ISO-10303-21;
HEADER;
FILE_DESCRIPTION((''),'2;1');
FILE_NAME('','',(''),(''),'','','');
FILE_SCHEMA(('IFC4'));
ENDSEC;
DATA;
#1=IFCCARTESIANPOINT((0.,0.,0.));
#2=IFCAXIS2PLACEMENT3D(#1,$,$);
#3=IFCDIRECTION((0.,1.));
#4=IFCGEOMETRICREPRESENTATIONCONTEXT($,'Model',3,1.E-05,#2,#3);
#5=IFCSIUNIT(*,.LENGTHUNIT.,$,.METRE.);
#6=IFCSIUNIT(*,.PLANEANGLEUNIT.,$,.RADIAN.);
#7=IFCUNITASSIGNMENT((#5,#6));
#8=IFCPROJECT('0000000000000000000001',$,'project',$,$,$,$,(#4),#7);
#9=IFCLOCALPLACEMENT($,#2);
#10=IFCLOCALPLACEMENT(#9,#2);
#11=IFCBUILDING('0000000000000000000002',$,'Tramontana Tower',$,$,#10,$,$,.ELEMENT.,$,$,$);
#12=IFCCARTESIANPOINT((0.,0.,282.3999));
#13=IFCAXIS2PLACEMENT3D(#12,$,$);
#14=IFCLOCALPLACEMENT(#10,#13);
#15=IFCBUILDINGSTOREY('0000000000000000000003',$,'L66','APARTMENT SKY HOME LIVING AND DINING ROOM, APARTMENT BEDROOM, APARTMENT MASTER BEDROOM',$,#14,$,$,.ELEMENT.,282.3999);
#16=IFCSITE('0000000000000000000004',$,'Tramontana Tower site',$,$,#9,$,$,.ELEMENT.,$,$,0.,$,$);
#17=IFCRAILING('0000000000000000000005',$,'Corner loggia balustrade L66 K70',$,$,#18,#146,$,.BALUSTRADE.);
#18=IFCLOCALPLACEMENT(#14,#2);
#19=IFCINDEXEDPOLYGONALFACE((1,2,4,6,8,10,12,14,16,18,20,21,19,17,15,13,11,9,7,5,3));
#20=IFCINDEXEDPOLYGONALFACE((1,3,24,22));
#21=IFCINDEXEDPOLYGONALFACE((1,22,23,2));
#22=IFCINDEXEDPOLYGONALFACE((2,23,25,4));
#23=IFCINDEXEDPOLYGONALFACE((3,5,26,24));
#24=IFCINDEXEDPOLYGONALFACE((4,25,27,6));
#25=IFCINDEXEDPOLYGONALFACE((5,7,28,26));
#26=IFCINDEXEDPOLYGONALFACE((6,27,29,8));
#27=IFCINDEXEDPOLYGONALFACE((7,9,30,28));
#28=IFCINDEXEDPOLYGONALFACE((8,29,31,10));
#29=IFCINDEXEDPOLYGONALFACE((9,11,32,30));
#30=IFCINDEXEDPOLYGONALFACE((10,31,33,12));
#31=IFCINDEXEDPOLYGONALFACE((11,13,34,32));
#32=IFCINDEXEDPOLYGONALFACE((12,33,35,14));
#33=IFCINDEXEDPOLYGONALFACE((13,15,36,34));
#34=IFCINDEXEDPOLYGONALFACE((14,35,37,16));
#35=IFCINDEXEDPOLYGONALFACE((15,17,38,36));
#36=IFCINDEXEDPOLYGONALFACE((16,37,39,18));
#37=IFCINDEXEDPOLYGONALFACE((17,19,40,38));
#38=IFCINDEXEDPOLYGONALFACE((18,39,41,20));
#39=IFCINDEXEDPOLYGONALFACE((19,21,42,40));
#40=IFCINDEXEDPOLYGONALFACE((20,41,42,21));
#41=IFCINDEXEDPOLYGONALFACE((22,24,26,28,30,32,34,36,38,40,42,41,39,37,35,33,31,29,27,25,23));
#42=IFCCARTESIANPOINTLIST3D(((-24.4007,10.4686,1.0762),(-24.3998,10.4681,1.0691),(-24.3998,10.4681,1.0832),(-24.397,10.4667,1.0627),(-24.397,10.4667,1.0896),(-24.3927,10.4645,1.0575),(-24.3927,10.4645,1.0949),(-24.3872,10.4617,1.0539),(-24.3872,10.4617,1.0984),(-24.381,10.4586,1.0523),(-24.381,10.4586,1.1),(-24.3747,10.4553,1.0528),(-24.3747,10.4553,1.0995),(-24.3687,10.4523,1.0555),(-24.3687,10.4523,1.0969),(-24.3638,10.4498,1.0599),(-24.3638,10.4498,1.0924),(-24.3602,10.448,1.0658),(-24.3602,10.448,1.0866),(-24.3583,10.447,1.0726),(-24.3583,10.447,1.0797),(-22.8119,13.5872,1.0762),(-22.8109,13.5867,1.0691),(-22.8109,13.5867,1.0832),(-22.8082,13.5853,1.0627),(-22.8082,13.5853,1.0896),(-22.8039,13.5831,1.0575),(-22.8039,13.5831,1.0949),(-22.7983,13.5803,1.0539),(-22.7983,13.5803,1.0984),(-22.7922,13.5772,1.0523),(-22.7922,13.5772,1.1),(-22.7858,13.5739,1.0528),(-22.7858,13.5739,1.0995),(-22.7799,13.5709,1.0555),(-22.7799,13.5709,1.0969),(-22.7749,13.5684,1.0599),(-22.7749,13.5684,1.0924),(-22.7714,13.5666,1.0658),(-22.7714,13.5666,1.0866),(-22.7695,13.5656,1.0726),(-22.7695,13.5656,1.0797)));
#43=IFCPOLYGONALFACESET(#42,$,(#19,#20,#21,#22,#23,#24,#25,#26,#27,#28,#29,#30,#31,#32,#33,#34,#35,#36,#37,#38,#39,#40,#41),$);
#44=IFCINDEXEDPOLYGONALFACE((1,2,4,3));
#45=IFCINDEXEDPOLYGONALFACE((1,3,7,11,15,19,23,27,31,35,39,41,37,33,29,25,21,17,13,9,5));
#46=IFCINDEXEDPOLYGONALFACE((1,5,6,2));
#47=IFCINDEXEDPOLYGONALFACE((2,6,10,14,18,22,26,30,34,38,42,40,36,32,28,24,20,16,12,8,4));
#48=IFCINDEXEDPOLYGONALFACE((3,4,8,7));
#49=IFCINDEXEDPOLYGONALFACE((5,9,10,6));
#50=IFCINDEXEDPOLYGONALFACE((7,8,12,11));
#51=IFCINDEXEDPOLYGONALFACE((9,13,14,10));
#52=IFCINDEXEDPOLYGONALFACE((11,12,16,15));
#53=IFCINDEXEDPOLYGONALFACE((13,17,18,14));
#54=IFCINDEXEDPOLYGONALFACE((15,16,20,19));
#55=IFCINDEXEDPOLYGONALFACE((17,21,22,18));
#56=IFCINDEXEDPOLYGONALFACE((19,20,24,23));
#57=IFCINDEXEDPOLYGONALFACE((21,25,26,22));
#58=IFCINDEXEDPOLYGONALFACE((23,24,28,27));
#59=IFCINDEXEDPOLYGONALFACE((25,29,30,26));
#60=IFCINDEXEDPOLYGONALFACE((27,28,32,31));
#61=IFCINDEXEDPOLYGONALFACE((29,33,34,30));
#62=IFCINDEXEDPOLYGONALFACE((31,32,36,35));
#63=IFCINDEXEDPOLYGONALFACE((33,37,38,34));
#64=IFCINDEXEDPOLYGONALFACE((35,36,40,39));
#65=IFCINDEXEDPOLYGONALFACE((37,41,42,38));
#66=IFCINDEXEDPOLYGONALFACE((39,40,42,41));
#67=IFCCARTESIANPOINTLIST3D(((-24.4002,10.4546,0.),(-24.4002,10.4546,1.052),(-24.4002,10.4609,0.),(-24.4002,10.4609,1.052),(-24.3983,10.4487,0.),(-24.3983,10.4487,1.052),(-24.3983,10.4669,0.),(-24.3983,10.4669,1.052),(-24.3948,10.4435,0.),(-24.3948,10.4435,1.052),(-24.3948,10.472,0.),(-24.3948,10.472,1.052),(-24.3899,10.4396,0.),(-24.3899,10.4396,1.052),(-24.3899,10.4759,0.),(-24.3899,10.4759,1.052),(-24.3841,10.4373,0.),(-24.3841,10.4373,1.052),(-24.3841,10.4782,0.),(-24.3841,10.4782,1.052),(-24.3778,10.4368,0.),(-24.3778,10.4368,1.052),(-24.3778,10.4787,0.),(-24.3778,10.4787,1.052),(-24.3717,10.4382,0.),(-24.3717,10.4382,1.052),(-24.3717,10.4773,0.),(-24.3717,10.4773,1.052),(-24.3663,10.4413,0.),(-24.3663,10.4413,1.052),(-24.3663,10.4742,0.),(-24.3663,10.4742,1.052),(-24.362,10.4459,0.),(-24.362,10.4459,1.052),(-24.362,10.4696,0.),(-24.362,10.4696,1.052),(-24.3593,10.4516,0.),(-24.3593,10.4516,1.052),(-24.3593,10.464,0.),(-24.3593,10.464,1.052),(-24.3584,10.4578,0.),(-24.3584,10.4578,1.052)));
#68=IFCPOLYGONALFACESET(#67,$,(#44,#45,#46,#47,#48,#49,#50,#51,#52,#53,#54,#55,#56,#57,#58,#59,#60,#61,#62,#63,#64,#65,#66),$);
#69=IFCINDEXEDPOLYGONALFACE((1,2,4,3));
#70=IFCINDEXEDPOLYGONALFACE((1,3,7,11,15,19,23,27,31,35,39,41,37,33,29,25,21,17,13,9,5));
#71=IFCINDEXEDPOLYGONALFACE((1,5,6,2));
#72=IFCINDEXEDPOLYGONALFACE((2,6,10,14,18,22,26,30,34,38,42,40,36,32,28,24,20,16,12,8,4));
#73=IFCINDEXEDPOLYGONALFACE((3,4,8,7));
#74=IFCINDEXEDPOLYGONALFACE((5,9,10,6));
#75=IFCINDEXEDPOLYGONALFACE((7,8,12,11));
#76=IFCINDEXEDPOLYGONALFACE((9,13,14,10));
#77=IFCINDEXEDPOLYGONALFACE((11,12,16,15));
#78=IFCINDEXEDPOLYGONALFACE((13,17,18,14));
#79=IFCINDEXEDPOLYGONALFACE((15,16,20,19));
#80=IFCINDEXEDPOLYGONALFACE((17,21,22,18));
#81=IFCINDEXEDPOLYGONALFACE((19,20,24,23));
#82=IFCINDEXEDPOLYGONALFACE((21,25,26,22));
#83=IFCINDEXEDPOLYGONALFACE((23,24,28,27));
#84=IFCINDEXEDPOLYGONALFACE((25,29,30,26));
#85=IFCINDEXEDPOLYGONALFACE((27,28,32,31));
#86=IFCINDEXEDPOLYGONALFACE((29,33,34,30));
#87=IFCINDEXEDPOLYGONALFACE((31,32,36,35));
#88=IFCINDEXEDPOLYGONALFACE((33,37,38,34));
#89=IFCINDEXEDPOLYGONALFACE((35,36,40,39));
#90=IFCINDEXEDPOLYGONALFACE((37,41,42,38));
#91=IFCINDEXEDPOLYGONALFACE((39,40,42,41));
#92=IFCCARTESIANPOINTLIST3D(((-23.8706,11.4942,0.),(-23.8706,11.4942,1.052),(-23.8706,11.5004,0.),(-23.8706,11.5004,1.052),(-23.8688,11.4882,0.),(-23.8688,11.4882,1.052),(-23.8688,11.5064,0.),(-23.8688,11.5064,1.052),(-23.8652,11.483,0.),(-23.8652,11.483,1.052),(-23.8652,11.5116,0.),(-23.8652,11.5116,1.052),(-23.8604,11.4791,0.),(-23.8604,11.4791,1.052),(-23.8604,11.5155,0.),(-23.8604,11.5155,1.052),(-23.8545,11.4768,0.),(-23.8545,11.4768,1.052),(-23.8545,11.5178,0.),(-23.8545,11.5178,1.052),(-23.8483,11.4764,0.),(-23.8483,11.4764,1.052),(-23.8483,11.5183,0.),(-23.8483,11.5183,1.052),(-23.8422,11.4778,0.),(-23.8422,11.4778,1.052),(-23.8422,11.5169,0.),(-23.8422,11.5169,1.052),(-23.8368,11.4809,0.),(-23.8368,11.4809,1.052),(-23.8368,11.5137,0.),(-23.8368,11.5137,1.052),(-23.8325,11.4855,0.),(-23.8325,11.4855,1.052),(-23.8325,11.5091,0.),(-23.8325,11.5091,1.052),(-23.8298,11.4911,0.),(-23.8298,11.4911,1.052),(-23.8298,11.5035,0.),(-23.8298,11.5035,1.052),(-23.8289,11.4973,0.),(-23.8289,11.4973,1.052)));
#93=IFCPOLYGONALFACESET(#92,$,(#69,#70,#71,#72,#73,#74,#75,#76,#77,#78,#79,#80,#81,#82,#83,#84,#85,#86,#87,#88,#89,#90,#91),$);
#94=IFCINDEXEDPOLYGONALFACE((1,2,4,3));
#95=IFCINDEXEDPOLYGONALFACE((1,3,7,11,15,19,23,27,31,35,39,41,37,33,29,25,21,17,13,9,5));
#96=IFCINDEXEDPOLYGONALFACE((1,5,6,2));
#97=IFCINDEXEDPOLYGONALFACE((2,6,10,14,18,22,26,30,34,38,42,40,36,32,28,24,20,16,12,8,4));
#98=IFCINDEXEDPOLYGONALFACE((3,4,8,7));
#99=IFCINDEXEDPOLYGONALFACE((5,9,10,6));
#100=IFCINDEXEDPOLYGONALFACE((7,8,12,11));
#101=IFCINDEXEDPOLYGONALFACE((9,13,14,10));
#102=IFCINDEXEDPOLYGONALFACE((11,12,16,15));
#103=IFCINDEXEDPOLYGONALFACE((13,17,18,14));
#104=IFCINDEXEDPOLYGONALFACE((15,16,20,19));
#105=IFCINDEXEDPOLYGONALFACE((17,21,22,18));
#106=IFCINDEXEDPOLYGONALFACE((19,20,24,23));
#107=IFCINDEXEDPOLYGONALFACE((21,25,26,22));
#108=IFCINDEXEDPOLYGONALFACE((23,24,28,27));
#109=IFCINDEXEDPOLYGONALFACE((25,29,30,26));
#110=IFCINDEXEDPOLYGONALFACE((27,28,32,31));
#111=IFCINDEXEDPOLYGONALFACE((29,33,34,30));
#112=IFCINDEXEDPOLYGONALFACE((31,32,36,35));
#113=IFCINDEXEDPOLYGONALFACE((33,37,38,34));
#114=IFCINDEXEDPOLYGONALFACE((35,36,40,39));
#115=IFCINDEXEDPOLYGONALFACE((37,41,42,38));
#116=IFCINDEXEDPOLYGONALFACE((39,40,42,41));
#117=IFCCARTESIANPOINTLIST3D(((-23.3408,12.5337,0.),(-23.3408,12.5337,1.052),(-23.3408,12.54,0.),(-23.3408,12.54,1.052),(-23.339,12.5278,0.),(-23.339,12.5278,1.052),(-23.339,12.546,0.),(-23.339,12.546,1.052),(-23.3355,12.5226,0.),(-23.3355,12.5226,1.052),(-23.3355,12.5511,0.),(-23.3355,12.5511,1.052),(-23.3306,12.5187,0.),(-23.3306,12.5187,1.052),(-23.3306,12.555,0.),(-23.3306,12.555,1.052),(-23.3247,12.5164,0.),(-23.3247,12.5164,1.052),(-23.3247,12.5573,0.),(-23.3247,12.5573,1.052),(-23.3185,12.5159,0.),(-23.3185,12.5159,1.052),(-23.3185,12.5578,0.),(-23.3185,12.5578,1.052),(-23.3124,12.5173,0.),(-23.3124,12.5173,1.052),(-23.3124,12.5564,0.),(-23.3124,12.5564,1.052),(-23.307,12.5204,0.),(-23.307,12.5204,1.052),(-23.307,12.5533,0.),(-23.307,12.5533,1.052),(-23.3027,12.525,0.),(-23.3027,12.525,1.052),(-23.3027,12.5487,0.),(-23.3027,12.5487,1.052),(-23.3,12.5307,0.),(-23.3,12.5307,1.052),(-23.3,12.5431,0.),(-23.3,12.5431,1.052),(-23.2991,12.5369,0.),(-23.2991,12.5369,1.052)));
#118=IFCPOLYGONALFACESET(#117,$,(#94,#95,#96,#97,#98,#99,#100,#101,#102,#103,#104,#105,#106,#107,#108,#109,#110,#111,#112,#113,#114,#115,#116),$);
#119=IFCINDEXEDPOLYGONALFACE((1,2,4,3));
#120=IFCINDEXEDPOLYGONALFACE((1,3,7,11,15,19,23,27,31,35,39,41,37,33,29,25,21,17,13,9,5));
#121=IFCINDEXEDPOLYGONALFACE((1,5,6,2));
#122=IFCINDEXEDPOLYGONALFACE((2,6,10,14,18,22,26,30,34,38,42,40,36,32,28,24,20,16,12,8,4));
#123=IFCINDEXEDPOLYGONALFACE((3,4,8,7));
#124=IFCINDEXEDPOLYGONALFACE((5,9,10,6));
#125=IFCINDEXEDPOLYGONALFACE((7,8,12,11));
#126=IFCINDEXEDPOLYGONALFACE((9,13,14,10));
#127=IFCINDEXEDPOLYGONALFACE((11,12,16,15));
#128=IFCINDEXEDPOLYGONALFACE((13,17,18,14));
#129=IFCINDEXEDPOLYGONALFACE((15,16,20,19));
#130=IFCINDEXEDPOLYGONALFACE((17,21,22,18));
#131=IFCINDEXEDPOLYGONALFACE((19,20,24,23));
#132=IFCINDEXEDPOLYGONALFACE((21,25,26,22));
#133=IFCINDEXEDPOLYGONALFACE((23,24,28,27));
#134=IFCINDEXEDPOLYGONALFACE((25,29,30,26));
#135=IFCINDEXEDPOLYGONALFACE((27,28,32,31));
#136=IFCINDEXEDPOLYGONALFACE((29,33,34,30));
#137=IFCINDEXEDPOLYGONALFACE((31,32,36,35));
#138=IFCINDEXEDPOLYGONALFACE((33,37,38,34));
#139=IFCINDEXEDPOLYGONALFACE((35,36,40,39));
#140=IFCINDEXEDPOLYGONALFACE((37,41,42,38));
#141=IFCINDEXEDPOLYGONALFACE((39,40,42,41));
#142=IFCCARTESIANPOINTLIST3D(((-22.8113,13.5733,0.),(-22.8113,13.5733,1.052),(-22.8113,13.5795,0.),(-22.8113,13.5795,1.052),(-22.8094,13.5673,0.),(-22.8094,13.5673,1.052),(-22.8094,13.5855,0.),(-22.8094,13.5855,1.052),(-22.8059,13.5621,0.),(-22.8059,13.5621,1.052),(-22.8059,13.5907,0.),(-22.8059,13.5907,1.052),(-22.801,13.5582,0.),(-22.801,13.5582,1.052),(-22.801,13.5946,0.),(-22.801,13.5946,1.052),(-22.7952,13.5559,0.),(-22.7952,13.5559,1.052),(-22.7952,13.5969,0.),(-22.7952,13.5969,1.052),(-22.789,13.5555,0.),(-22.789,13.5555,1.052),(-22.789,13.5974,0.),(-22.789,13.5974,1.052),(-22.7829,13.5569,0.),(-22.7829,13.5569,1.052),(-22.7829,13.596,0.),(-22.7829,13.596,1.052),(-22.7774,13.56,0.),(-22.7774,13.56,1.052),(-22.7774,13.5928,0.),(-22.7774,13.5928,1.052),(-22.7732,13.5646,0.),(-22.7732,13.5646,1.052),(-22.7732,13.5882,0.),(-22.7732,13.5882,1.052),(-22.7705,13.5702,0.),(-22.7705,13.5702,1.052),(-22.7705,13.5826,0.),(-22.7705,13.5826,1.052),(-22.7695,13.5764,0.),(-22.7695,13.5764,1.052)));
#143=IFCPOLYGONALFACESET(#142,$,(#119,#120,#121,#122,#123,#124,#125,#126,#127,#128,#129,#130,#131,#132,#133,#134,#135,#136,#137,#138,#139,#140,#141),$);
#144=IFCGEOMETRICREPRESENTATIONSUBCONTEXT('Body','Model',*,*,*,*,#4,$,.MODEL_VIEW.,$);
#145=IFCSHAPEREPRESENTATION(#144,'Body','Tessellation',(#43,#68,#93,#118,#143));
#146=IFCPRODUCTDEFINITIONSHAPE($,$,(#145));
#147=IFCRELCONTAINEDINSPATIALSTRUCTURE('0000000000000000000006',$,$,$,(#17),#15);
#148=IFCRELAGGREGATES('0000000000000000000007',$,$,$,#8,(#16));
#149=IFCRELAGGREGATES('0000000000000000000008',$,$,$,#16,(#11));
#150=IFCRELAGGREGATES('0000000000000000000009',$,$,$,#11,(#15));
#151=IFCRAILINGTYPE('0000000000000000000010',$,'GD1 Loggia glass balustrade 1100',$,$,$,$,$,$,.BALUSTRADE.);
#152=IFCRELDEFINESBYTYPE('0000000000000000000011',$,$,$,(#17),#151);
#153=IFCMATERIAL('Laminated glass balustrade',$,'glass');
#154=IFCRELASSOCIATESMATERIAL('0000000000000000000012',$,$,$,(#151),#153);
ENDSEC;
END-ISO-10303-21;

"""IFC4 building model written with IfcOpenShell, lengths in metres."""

from ifc_helpers import new_model, si_unit, direction, frame, origin, origin_2d, place, context, subcontext, project, spatial, circle, extrude, material, type_object, element, save


model = new_model("IFC4")

# Units and contexts
model_context = context("Model", 3, precision=1e-05, world=origin(), true_north=direction((0.0, 1.0)))
body_context = subcontext(model_context, "Body", "Model", "MODEL_VIEW")
ifc_project = project(units=[si_unit("LENGTHUNIT", "METRE"), si_unit("PLANEANGLEUNIT", "RADIAN")], contexts=[model_context])

# Site, building, storey
site_placement = place(None, origin())
site = spatial("IfcSite", under=ifc_project, at=site_placement, Name="Tramontana Tower site", CompositionType="ELEMENT", RefElevation=0.0)
building_placement = place(site_placement, origin())
building = spatial("IfcBuilding", under=site, at=building_placement, Name="Tramontana Tower", CompositionType="ELEMENT")
storey_placement = place(building_placement, frame((0.0, 0.0, 282.3999)))
storey = spatial("IfcBuildingStorey", under=building, at=storey_placement, Name="L66", Description="APARTMENT SKY HOME LIVING AND DINING ROOM, APARTMENT BEDROOM, APARTMENT MASTER BEDROOM", CompositionType="ELEMENT", Elevation=282.3999)

# Railing
ifc_material_1 = material(Name="Laminated glass balustrade", Category="glass")
railing_type = type_object("IfcRailingType", Name="GD1 Loggia glass balustrade 1100", PredefinedType="BALUSTRADE", material=ifc_material_1)
railing_1_placement = place(storey_placement, frame((-24.3794, 10.4578, 0.0)))
element("IfcRailing", 1, at=railing_1_placement, inside=storey, type_object=railing_type, Name="Corner loggia balustrade L66 K70", PredefinedType="BALUSTRADE", context=body_context, shape_type="SweptSolid", body=[
    extrude(circle(Radius=0.0239, at=origin_2d()), frame((0.0, 0.0, 1.0762), z_axis=(0.453953, 0.891026, 0.0), x_axis=(-0.891026, 0.453953, 0.0)), (0.0, 0.0, 1.0), 3.5),
    extrude(circle(Radius=0.021, at=origin_2d()), origin(), (0.0, 0.0, 1.0), 1.052),
    extrude(circle(Radius=0.021, at=origin_2d()), frame((0.5295, 1.0396, 0.0)), (0.0, 0.0, 1.0), 1.052),
    extrude(circle(Radius=0.021, at=origin_2d()), frame((1.0593, 2.0791, 0.0)), (0.0, 0.0, 1.0), 1.052),
    extrude(circle(Radius=0.021, at=origin_2d()), frame((1.5889, 3.1187, 0.0)), (0.0, 0.0, 1.0), 1.052),
])

save(model, "model.ifc")
